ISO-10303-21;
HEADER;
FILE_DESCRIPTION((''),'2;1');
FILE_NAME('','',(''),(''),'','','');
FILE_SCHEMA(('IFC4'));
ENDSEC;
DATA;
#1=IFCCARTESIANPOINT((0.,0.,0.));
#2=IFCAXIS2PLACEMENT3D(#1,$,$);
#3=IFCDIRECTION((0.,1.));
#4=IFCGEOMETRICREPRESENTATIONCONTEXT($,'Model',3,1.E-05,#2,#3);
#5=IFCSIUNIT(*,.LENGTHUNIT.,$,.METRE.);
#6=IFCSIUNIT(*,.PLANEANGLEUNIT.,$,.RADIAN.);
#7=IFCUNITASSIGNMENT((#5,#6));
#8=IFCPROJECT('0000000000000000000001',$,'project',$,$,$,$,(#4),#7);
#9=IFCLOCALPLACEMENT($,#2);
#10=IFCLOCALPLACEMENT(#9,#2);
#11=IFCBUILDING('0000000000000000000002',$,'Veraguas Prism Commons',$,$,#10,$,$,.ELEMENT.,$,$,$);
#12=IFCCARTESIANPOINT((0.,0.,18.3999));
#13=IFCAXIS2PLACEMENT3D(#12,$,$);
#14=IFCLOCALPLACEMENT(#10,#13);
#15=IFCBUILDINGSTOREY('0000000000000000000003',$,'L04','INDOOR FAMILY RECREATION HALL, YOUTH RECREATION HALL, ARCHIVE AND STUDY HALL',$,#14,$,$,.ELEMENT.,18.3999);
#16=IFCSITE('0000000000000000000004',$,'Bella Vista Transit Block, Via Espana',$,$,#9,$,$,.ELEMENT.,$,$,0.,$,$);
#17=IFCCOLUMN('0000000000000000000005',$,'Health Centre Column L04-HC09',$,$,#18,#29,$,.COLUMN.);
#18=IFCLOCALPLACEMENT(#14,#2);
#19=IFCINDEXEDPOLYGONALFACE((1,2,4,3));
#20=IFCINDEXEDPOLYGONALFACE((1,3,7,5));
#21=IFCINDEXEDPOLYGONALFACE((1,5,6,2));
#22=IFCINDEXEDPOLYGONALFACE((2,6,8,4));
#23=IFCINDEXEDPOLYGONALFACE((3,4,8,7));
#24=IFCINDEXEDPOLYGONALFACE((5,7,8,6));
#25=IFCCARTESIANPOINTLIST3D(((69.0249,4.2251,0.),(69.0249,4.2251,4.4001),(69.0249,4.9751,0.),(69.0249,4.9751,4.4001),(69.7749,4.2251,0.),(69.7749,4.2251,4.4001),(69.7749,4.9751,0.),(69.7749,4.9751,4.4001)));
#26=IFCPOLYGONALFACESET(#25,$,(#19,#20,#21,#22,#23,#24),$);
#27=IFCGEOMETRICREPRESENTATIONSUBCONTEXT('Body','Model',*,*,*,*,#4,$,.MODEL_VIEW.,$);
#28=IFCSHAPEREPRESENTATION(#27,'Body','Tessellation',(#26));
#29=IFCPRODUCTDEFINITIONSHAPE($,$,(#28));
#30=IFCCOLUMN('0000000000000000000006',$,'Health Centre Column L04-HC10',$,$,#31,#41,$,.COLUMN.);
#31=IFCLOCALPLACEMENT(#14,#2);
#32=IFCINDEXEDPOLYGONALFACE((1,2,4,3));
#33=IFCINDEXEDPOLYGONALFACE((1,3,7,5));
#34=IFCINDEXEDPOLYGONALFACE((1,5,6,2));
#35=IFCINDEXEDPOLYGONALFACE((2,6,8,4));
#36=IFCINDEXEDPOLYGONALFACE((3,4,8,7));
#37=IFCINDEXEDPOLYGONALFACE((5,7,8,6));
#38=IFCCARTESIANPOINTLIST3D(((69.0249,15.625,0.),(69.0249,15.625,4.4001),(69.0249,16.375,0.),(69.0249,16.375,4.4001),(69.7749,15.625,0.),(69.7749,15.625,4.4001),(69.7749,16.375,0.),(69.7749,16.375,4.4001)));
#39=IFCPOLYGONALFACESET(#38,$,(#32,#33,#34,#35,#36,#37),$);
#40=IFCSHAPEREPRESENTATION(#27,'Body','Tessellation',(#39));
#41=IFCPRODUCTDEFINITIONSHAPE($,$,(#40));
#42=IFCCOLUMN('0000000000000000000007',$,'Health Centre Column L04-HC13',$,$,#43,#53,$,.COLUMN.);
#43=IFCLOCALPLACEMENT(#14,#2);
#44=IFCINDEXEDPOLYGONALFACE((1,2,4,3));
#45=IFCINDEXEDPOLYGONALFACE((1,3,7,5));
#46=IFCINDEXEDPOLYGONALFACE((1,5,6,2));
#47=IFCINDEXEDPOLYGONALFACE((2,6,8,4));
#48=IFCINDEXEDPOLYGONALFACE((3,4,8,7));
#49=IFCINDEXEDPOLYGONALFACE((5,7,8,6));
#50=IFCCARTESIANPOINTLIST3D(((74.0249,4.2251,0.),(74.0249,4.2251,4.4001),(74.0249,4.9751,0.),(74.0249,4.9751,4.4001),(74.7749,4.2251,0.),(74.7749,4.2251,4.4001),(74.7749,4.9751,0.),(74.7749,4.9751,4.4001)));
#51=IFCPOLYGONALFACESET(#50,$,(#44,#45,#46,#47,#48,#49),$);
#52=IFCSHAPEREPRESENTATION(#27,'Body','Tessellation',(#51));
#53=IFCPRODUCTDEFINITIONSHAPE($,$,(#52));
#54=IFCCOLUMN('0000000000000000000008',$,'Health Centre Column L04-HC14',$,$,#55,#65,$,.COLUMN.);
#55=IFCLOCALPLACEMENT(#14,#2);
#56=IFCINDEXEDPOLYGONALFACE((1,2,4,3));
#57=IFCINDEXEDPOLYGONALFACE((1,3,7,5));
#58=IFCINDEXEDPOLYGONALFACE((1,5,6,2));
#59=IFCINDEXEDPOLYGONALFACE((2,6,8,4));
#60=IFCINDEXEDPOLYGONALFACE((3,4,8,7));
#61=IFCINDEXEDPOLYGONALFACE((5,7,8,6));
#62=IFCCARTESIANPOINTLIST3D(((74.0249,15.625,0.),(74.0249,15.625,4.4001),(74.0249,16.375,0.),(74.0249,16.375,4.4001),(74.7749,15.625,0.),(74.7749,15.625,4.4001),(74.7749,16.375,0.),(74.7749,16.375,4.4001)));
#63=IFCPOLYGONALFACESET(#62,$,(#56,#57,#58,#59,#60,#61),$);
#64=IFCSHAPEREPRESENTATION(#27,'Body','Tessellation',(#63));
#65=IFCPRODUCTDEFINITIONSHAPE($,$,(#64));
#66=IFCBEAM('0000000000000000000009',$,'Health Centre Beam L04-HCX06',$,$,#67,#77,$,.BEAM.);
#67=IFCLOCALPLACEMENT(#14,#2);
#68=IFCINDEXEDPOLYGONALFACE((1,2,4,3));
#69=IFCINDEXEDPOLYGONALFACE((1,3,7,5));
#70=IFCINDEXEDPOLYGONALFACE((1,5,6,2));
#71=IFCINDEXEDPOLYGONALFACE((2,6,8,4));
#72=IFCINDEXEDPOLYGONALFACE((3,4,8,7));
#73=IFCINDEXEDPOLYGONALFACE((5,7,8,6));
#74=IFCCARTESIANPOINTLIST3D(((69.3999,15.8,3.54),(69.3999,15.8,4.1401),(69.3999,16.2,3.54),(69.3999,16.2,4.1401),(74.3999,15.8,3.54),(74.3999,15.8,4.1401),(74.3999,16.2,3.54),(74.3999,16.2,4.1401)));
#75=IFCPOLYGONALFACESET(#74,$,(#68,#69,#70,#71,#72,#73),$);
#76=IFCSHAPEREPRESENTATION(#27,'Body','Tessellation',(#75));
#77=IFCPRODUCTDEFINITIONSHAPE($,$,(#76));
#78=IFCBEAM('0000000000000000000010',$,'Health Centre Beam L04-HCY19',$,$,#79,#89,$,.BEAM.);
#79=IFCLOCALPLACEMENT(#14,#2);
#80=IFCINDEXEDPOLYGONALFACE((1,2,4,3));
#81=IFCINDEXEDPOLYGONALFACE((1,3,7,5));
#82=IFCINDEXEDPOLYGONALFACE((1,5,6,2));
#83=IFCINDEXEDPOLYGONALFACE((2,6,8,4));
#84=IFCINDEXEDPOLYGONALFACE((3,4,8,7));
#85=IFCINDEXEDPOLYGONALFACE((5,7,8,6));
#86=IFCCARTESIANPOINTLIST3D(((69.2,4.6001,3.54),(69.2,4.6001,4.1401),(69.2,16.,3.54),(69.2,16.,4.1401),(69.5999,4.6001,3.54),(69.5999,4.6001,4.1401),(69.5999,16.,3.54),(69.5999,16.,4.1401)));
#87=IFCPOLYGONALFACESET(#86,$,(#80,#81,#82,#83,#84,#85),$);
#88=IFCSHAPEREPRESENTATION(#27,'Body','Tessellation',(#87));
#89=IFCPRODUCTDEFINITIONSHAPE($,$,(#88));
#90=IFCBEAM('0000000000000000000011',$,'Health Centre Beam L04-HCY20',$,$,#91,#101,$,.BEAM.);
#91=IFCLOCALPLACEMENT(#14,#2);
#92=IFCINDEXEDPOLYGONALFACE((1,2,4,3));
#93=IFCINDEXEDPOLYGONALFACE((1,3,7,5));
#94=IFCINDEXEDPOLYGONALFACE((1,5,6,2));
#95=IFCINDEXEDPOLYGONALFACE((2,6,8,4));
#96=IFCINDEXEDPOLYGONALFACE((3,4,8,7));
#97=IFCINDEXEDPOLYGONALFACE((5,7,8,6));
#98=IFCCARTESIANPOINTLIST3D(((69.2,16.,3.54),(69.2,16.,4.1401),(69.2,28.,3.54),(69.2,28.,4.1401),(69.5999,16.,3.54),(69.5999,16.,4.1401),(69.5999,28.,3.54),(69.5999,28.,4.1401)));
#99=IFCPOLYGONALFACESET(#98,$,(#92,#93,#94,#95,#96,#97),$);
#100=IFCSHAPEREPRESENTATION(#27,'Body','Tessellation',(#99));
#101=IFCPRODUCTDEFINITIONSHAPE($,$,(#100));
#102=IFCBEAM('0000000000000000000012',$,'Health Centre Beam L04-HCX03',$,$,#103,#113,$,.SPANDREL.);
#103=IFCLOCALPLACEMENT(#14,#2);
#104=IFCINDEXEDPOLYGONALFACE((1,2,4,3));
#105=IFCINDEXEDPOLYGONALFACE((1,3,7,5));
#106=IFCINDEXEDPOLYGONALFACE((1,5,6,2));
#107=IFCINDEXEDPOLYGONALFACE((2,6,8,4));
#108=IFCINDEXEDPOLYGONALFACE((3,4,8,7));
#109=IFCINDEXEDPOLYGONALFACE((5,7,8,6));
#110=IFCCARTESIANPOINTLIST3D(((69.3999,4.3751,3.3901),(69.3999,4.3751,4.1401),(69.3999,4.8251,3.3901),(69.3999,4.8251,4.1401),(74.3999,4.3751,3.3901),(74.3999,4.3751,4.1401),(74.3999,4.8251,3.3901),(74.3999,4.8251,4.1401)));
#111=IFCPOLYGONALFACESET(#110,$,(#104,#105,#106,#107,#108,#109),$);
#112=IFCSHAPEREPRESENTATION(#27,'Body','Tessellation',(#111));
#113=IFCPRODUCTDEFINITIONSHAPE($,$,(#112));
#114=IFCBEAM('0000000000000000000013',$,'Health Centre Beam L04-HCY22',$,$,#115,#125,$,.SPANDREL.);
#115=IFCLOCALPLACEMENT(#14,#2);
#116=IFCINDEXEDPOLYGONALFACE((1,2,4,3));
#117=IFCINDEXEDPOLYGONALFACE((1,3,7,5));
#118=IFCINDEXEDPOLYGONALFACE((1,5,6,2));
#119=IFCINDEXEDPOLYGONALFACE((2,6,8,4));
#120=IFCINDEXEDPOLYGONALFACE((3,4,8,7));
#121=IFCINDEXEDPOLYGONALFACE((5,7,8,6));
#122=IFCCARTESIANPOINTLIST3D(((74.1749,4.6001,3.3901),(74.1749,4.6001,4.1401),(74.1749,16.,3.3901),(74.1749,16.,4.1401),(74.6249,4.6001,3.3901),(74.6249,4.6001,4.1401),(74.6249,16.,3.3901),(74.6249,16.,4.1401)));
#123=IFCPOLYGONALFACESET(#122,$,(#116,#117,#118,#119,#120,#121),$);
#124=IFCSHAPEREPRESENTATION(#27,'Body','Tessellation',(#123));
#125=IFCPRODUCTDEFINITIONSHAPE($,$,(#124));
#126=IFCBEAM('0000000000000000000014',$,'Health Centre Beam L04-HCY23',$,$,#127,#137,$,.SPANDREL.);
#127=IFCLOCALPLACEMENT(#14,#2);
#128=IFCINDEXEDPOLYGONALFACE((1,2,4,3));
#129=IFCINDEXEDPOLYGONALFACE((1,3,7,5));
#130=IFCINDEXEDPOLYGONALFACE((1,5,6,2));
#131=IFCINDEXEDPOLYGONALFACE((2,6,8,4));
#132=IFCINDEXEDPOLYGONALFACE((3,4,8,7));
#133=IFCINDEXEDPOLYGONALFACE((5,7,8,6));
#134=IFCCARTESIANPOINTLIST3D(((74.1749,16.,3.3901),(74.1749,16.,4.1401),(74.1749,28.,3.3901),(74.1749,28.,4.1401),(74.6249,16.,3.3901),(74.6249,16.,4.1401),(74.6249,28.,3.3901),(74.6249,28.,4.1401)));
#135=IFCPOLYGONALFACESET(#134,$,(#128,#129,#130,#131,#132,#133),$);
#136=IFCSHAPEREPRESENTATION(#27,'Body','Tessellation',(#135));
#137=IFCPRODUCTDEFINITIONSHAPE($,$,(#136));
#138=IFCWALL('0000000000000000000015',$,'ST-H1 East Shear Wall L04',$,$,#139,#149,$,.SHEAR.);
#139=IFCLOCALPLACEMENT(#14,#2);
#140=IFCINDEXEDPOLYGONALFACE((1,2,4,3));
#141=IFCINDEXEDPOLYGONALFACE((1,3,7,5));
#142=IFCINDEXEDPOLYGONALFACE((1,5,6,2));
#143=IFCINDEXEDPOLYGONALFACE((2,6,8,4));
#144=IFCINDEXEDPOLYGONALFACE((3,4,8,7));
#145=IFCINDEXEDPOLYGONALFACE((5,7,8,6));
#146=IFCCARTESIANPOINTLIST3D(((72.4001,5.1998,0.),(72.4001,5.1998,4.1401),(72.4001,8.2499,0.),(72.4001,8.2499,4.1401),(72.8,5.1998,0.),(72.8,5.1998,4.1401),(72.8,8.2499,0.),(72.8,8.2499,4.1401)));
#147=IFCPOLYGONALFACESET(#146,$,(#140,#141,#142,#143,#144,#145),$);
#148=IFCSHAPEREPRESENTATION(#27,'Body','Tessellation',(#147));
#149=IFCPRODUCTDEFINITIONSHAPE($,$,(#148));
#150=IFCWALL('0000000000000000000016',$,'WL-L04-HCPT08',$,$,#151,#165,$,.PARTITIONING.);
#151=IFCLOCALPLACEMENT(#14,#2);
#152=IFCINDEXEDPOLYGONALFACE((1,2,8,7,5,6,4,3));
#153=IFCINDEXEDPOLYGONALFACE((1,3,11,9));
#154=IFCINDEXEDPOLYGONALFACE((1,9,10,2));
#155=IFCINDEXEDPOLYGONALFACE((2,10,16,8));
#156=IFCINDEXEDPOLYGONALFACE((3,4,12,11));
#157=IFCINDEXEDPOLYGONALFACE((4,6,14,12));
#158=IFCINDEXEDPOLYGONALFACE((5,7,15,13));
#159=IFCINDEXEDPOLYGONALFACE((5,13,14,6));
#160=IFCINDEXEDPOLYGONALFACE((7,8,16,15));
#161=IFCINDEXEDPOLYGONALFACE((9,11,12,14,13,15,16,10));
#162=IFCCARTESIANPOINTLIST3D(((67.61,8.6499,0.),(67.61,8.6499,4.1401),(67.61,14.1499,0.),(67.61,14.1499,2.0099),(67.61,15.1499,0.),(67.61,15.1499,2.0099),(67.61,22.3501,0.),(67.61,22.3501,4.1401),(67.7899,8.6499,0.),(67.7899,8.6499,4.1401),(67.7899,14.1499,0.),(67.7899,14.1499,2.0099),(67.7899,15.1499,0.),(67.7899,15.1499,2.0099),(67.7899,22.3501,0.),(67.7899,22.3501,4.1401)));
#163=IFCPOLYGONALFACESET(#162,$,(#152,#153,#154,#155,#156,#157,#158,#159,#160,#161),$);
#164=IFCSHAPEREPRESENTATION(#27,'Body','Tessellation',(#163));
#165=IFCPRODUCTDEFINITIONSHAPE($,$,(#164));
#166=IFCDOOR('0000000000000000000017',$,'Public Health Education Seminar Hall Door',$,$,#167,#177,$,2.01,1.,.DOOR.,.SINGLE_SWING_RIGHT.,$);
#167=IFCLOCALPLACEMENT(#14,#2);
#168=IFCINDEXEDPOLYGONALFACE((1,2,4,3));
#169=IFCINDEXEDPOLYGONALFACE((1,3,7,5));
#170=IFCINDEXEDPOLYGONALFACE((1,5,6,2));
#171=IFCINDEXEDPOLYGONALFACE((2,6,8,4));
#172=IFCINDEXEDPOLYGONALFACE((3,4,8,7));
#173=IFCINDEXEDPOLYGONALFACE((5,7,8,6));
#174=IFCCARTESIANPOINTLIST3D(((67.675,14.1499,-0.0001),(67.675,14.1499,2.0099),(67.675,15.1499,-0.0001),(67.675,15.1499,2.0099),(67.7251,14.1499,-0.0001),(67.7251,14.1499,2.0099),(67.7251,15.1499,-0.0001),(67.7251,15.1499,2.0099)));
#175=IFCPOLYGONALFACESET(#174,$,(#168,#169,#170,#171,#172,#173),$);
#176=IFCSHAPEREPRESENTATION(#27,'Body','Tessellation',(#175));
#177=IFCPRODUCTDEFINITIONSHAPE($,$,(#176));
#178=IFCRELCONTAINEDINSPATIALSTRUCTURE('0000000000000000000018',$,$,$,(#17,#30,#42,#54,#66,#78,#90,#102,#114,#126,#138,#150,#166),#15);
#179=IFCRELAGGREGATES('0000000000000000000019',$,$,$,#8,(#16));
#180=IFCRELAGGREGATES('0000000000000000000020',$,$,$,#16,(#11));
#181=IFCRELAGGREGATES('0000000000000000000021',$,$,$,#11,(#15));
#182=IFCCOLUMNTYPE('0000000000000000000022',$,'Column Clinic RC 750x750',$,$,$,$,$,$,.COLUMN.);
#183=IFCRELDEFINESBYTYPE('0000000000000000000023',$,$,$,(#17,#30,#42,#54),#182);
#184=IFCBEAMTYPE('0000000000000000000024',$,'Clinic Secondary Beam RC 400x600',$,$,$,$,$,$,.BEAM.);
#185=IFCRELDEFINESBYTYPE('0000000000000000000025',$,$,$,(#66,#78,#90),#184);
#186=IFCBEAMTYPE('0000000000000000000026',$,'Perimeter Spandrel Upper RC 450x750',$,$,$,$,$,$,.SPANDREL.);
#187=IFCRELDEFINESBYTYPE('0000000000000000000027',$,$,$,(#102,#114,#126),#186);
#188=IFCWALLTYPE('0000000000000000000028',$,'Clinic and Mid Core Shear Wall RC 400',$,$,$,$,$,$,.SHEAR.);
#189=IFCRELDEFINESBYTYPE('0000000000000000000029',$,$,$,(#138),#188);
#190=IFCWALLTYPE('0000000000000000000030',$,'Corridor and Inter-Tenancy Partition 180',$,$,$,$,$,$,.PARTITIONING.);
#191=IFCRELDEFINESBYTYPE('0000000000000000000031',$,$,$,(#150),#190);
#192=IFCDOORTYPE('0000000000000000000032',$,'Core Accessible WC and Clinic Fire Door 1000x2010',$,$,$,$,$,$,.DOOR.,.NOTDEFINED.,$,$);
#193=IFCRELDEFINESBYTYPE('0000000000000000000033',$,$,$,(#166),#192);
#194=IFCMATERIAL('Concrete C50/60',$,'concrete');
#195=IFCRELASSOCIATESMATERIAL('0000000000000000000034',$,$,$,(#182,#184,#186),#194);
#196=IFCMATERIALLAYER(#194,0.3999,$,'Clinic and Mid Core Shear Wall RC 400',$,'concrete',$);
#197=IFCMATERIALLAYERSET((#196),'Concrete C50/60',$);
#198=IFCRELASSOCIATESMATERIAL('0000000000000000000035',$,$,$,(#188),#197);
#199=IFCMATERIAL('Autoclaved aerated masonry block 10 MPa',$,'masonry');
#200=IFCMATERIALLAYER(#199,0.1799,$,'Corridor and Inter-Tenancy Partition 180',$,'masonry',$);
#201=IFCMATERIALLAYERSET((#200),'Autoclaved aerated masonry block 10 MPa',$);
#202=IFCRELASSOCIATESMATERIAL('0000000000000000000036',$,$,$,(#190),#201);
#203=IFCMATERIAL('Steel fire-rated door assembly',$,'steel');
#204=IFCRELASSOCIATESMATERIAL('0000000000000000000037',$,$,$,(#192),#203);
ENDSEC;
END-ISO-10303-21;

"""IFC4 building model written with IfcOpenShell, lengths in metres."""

from ifc_helpers import new_model, si_unit, direction, frame, frame_2d, origin, origin_2d, place, context, subcontext, project, spatial, rectangle, extrude, source, transform, mapped, material, layer, layer_set, material_profile, profile_set, type_object, element, fill, save


model = new_model("IFC4")

# Units and contexts
model_context = context("Model", 3, precision=1e-05, world=origin(), true_north=direction((0.0, 1.0)))
body_context = subcontext(model_context, "Body", "Model", "MODEL_VIEW")
ifc_project = project(units=[si_unit("LENGTHUNIT", "METRE"), si_unit("PLANEANGLEUNIT", "RADIAN")], contexts=[model_context])

# Site, building, storey
site_placement = place(None, origin())
site = spatial("IfcSite", under=ifc_project, at=site_placement, Name="Bella Vista Transit Block, Via Espana", CompositionType="ELEMENT", RefElevation=0.0)
building_placement = place(site_placement, origin())
building = spatial("IfcBuilding", under=site, at=building_placement, Name="Veraguas Prism Commons", CompositionType="ELEMENT")
storey_placement = place(building_placement, frame((0.0, 0.0, 18.3999)))
storey = spatial("IfcBuildingStorey", under=building, at=storey_placement, Name="L04", Description="INDOOR FAMILY RECREATION HALL, YOUTH RECREATION HALL, ARCHIVE AND STUDY HALL", CompositionType="ELEMENT", Elevation=18.3999)

# Columns
ifc_material_1 = material(Name="Concrete C50/60", Category="concrete")
ifc_material_profile_1 = material_profile(ifc_material_1, rectangle(XDim=0.75, YDim=0.75, at=origin_2d()), Name="RC750X750")
ifc_profile_set_1 = profile_set([ifc_material_profile_1], Name="Concrete C50/60")
column_type = type_object("IfcColumnType", Name="Column Clinic RC 750x750", PredefinedType="COLUMN", material=ifc_profile_set_1)
for number, where, z_axis, x_axis, name in (
    (1, (69.3999, 4.6001, 0.0), (0.0, 0.0, 1.0), (1.0, 0.0, 0.0), "Health Centre Column L04-HC09"),
    (2, (69.3999, 16.0, 0.0), (0.0, 0.0, 1.0), (1.0, 0.0, 0.0), "Health Centre Column L04-HC10"),
    (3, (74.3999, 4.6001, 0.0), (0.0, 0.0, 1.0), (1.0, 0.0, 0.0), "Health Centre Column L04-HC13"),
    (4, (74.3999, 16.0, 0.0), (0.0, 0.0, 1.0), (1.0, 0.0, 0.0), "Health Centre Column L04-HC14"),
):
    element("IfcColumn", number, at=place(storey_placement, frame(where, z_axis=z_axis, x_axis=x_axis)), inside=storey, type_object=column_type, Name=name, PredefinedType="COLUMN", context=body_context, shape_type="SweptSolid", body=[
        extrude(rectangle(XDim=0.75, YDim=0.75, at=origin_2d()), origin(), (0.0, 0.0, 1.0), 4.4001),
    ])

# Beams
ifc_material_profile_2 = material_profile(ifc_material_1, rectangle(XDim=0.3999, YDim=0.6001, at=origin_2d()), Name="RC400X600")
ifc_profile_set_2 = profile_set([ifc_material_profile_2], Name="Concrete C50/60")
beam_type_1 = type_object("IfcBeamType", Name="Clinic Secondary Beam RC 400x600", PredefinedType="BEAM", material=ifc_profile_set_2)
beam_1_placement = place(storey_placement, frame((69.3999, 16.0, 3.8401), z_axis=(1.0, 0.0, 0.0), x_axis=(0.0, 1.0, 0.0)))
element("IfcBeam", 5, at=beam_1_placement, inside=storey, type_object=beam_type_1, Name="Health Centre Beam L04-HCX06", PredefinedType="BEAM", context=body_context, shape_type="SweptSolid", body=[
    extrude(rectangle(XDim=0.3999, YDim=0.6001, at=origin_2d()), origin(), (0.0, 0.0, 1.0), 5.0),
])
beam_2_placement = place(storey_placement, frame((69.3999, 4.6001, 3.8401), z_axis=(0.0, 1.0, 0.0), x_axis=(-1.0, 0.0, 0.0)))
element("IfcBeam", 6, at=beam_2_placement, inside=storey, type_object=beam_type_1, Name="Health Centre Beam L04-HCY19", PredefinedType="BEAM", context=body_context, shape_type="SweptSolid", body=[
    extrude(rectangle(XDim=0.3999, YDim=0.6001, at=origin_2d()), origin(), (0.0, 0.0, 1.0), 11.3999),
])
beam_3_placement = place(storey_placement, frame((69.3999, 16.0, 3.8401), z_axis=(0.0, 1.0, 0.0), x_axis=(-1.0, 0.0, 0.0)))
element("IfcBeam", 7, at=beam_3_placement, inside=storey, type_object=beam_type_1, Name="Health Centre Beam L04-HCY20", PredefinedType="BEAM", context=body_context, shape_type="SweptSolid", body=[
    extrude(rectangle(XDim=0.3999, YDim=0.6001, at=origin_2d()), origin(), (0.0, 0.0, 1.0), 12.0),
])
ifc_material_profile_3 = material_profile(ifc_material_1, rectangle(XDim=0.45, YDim=0.75, at=origin_2d()), Name="RC450X750")
ifc_profile_set_3 = profile_set([ifc_material_profile_3], Name="Concrete C50/60")
beam_type_2 = type_object("IfcBeamType", Name="Perimeter Spandrel Upper RC 450x750", PredefinedType="SPANDREL", material=ifc_profile_set_3)
beam_4_placement = place(storey_placement, frame((69.3999, 4.6001, 3.7651), z_axis=(1.0, 0.0, 0.0), x_axis=(0.0, 1.0, 0.0)))
element("IfcBeam", 8, at=beam_4_placement, inside=storey, type_object=beam_type_2, Name="Health Centre Beam L04-HCX03", PredefinedType="SPANDREL", context=body_context, shape_type="SweptSolid", body=[
    extrude(rectangle(XDim=0.45, YDim=0.75, at=origin_2d()), origin(), (0.0, 0.0, 1.0), 5.0),
])
beam_5_placement = place(storey_placement, frame((74.3999, 4.6001, 3.7651), z_axis=(0.0, 1.0, 0.0), x_axis=(-1.0, 0.0, 0.0)))
element("IfcBeam", 9, at=beam_5_placement, inside=storey, type_object=beam_type_2, Name="Health Centre Beam L04-HCY22", PredefinedType="SPANDREL", context=body_context, shape_type="SweptSolid", body=[
    extrude(rectangle(XDim=0.45, YDim=0.75, at=origin_2d()), origin(), (0.0, 0.0, 1.0), 11.3999),
])
beam_6_placement = place(storey_placement, frame((74.3999, 16.0, 3.7651), z_axis=(0.0, 1.0, 0.0), x_axis=(-1.0, 0.0, 0.0)))
element("IfcBeam", 10, at=beam_6_placement, inside=storey, type_object=beam_type_2, Name="Health Centre Beam L04-HCY23", PredefinedType="SPANDREL", context=body_context, shape_type="SweptSolid", body=[
    extrude(rectangle(XDim=0.45, YDim=0.75, at=origin_2d()), origin(), (0.0, 0.0, 1.0), 12.0),
])

# Wall
ifc_layer_1 = layer(ifc_material_1, 0.3999, Name="Clinic and Mid Core Shear Wall RC 400", Category="concrete")
ifc_layer_set_1 = layer_set([ifc_layer_1], Name="Concrete C50/60")
wall_type_1 = type_object("IfcWallType", Name="Clinic and Mid Core Shear Wall RC 400", PredefinedType="SHEAR", material=ifc_layer_set_1)
wall_1_placement = place(storey_placement, frame((72.6001, 5.2, 0.0), z_axis=(0.0, 0.0, 1.0), x_axis=(0.0, 1.0, 0.0)))
element("IfcWall", 11, at=wall_1_placement, inside=storey, type_object=wall_type_1, Name="ST-H1 East Shear Wall L04", PredefinedType="SHEAR", context=body_context, shape_type="SweptSolid", body=[
    extrude(rectangle(XDim=3.05, YDim=0.3999, at=frame_2d((1.5249, 0.0))), origin(), (0.0, 0.0, 1.0), 4.1401),
])

# Wall, opening, door
ifc_material_2 = material(Name="Autoclaved aerated masonry block 10 MPa", Category="masonry")
ifc_layer_2 = layer(ifc_material_2, 0.1799, Name="Corridor and Inter-Tenancy Partition 180", Category="masonry")
ifc_layer_set_2 = layer_set([ifc_layer_2], Name="Autoclaved aerated masonry block 10 MPa")
wall_type_2 = type_object("IfcWallType", Name="Corridor and Inter-Tenancy Partition 180", PredefinedType="PARTITIONING", material=ifc_layer_set_2)
wall_2_placement = place(storey_placement, frame((67.7, 8.6499, 0.0), z_axis=(0.0, 0.0, 1.0), x_axis=(0.0, 1.0, 0.0)))
wall_2 = element("IfcWall", 12, at=wall_2_placement, inside=storey, type_object=wall_type_2, Name="WL-L04-HCPT08", PredefinedType="PARTITIONING", context=body_context, shape_type="SweptSolid", body=[
    extrude(rectangle(XDim=13.7002, YDim=0.1799, at=frame_2d((6.8501, 0.0))), origin(), (0.0, 0.0, 1.0), 4.1401),
])
opening_1_placement = place(wall_2_placement, frame((5.5, 0.0, 0.0)))
opening_1 = element("IfcOpeningElement", 13, at=opening_1_placement, cuts=wall_2, PredefinedType="OPENING", context=body_context, shape_type="SweptSolid", body=[
    extrude(rectangle(XDim=1.0, YDim=2.01, at=frame_2d((0.5, 1.0049))), frame((0.0, 0.0999, 0.0), z_axis=(0.0, -1.0, 0.0), x_axis=(1.0, 0.0, 0.0)), (0.0, 0.0, 1.0), 0.2),
])
ifc_material_3 = material(Name="Steel fire-rated door assembly", Category="steel")
door_type_1 = type_object("IfcDoorType", Name="Core Accessible WC and Clinic Fire Door 1000x2010", OperationType="NOTDEFINED", PredefinedType="DOOR", material=ifc_material_3)
shared_shape_1 = source(origin(), body_context, "Body", "SweptSolid", [
    extrude(rectangle(XDim=1.0, YDim=2.01, at=frame_2d((0.5, 1.0049))), frame((0.0, 0.0249, 0.0), z_axis=(0.0, -1.0, 0.0), x_axis=(1.0, 0.0, 0.0)), (0.0, 0.0, 1.0), 0.05),
])
door_1_placement = place(opening_1_placement, origin())
door_1 = element("IfcDoor", 14, at=door_1_placement, inside=storey, type_object=door_type_1, Name="Public Health Education Seminar Hall Door", OperationType="SINGLE_SWING_RIGHT", OverallHeight=2.01, OverallWidth=1.0, PredefinedType="DOOR", context=body_context, shape_type="MappedRepresentation", body=[
    mapped(shared_shape_1, transform((0.0, 0.0, 0.0), scale=1.0)),
])
fill(opening_1, door_1)

save(model, "model.ifc")
